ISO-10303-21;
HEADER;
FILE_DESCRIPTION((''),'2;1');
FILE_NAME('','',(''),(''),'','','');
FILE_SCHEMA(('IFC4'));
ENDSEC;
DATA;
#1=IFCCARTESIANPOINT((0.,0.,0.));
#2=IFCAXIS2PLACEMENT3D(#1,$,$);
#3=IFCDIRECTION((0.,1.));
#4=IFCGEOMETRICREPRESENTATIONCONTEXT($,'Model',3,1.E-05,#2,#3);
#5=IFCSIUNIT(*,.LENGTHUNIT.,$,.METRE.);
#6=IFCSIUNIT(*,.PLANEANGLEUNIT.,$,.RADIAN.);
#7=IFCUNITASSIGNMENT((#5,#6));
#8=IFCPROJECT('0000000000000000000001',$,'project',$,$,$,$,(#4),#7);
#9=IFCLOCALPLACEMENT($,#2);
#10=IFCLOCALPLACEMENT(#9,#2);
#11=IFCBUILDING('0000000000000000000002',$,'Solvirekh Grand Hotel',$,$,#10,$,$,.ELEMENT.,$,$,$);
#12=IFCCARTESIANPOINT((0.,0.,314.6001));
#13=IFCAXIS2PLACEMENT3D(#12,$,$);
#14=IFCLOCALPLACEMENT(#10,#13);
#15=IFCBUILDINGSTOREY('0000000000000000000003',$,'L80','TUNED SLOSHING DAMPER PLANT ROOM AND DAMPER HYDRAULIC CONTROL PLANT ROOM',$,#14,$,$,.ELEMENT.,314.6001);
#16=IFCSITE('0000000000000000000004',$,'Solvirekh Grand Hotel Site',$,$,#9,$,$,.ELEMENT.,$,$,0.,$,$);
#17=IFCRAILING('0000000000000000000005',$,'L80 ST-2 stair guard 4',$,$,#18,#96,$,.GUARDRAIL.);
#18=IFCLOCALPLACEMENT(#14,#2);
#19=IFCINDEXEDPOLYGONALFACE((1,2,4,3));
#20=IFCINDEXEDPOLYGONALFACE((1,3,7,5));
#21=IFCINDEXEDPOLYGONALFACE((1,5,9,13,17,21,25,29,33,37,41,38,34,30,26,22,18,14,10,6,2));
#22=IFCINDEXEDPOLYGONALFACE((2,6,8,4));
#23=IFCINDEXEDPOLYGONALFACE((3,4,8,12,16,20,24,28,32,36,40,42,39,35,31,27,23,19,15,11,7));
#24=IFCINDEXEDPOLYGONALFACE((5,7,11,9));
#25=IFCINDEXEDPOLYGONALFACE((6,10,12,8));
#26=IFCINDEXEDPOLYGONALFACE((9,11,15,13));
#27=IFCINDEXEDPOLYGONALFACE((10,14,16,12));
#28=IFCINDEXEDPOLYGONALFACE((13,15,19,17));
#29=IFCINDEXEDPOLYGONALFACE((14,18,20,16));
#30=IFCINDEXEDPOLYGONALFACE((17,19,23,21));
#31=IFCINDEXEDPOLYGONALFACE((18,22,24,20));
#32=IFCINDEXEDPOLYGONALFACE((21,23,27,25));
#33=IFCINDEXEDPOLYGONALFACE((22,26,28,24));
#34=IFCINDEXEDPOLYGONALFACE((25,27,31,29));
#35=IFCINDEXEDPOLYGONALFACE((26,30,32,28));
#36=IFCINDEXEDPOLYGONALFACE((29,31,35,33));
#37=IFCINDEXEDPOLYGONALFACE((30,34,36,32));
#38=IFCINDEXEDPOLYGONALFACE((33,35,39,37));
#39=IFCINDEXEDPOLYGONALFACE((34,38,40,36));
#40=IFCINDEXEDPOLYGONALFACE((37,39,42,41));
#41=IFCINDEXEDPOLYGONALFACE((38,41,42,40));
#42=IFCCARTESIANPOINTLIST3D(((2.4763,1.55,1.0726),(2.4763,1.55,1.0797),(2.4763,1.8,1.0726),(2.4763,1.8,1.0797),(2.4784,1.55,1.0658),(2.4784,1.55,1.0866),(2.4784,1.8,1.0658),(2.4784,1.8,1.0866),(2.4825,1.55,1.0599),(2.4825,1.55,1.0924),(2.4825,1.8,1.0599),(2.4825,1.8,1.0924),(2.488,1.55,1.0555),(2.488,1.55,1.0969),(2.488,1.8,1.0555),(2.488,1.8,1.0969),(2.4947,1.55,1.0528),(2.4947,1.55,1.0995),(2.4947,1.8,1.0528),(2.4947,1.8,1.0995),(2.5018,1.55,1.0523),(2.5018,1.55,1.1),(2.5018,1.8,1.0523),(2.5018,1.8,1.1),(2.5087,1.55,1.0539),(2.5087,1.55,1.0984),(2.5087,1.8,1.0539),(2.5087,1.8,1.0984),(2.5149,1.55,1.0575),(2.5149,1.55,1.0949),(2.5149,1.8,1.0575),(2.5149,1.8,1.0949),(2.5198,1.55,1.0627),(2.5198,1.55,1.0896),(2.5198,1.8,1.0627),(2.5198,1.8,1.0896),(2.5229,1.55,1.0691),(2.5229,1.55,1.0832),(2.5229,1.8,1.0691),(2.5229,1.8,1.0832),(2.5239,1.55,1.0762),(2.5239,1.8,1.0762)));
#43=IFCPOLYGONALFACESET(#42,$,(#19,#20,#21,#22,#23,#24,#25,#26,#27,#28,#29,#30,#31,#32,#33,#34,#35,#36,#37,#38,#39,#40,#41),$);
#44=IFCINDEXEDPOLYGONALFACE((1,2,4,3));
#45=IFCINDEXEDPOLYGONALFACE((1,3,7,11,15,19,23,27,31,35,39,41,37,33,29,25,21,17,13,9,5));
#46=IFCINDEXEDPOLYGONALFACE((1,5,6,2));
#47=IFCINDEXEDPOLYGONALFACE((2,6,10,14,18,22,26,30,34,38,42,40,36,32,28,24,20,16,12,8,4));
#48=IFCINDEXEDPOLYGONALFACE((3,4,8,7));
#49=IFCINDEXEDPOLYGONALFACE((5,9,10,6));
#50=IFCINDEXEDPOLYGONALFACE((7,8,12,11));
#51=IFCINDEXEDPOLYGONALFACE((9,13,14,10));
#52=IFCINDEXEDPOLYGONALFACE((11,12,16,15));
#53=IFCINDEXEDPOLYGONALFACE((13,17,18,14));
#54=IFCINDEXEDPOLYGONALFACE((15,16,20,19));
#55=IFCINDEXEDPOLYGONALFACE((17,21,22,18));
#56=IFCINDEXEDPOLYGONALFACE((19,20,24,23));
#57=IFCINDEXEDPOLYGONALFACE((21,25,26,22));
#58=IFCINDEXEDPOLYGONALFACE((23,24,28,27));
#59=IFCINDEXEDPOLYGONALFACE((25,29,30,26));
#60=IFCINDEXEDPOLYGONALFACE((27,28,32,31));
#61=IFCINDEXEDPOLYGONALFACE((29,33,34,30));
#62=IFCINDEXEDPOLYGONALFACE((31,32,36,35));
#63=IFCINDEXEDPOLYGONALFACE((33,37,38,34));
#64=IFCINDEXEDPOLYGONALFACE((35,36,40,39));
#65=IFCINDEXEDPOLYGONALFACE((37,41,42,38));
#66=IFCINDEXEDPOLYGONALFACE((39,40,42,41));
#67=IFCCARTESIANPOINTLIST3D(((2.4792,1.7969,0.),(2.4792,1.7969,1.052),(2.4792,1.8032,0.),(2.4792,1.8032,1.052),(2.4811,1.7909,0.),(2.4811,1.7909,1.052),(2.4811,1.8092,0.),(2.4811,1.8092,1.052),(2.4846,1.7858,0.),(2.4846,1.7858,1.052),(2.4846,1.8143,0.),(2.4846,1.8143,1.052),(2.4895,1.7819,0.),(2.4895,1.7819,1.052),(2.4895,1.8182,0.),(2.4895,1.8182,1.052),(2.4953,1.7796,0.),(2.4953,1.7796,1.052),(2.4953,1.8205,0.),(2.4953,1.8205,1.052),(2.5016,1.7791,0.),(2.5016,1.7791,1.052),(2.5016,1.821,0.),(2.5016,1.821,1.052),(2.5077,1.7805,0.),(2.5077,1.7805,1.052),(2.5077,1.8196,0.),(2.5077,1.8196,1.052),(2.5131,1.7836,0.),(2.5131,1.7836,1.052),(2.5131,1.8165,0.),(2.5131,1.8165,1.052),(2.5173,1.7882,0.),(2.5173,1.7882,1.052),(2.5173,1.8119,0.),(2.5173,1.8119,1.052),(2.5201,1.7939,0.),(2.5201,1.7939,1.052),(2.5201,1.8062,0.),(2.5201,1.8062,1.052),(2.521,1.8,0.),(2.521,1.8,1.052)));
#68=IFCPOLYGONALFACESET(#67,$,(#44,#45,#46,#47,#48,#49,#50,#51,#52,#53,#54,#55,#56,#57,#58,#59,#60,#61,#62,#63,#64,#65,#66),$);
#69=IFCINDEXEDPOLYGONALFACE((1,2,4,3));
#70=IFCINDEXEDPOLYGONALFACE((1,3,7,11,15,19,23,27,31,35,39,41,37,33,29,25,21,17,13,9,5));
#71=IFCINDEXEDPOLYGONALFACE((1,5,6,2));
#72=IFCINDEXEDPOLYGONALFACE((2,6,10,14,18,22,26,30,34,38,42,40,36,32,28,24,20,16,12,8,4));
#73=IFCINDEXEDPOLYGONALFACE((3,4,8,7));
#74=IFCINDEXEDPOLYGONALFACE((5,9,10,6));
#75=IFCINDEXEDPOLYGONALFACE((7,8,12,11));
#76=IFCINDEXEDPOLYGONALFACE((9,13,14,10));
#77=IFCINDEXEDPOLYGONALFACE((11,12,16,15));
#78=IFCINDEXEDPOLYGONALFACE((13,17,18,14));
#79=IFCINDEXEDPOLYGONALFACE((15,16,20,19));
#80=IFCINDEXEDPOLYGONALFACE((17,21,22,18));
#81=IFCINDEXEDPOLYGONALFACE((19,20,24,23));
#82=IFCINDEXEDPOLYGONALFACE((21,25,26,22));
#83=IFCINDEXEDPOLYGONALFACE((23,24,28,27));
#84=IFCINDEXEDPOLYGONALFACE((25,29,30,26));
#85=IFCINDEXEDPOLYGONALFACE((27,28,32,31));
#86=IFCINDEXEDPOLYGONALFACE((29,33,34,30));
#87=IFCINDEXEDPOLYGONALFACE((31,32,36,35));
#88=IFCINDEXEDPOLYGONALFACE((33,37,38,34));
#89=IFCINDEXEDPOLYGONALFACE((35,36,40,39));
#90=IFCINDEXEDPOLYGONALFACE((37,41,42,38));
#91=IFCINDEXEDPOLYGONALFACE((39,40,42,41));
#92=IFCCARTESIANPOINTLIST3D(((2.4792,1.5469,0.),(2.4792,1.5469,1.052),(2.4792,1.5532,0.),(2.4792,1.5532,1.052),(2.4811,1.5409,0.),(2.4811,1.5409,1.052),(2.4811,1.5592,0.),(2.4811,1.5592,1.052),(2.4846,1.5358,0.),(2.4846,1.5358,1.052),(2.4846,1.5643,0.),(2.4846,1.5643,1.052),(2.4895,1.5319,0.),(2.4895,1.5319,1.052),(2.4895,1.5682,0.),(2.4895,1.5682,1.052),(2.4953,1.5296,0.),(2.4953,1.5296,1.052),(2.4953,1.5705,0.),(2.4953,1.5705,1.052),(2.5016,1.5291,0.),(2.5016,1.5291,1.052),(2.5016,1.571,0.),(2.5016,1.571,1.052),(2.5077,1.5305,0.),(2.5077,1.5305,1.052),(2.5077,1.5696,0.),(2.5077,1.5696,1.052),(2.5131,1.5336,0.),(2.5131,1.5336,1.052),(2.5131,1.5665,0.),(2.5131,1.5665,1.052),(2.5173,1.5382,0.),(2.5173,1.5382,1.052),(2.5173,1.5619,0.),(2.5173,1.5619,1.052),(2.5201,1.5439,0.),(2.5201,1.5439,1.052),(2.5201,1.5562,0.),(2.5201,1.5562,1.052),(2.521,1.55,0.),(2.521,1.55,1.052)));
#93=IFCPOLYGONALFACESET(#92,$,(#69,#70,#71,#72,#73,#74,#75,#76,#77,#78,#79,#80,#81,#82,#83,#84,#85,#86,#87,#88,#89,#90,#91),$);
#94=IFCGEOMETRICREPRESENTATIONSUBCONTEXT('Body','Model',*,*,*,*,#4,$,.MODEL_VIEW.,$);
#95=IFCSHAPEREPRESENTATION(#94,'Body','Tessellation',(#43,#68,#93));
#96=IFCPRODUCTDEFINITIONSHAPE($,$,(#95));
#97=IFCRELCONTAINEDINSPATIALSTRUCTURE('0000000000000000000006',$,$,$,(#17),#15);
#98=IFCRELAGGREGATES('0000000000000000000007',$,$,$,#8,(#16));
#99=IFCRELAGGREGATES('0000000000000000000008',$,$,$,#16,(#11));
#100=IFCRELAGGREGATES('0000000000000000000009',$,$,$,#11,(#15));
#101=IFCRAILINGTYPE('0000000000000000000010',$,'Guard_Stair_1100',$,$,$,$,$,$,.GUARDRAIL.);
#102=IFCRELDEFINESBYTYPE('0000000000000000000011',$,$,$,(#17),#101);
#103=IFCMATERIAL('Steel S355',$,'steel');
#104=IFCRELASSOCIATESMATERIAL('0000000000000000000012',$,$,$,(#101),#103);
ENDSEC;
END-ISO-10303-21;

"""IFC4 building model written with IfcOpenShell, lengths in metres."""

from ifc_helpers import new_model, si_unit, direction, frame, origin, origin_2d, place, context, subcontext, project, spatial, circle, extrude, material, type_object, element, save


model = new_model("IFC4")

# Units and contexts
model_context = context("Model", 3, precision=1e-05, world=origin(), true_north=direction((0.0, 1.0)))
body_context = subcontext(model_context, "Body", "Model", "MODEL_VIEW")
ifc_project = project(units=[si_unit("LENGTHUNIT", "METRE"), si_unit("PLANEANGLEUNIT", "RADIAN")], contexts=[model_context])

# Site, building, storey
site_placement = place(None, origin())
site = spatial("IfcSite", under=ifc_project, at=site_placement, Name="Solvirekh Grand Hotel Site", CompositionType="ELEMENT", RefElevation=0.0)
building_placement = place(site_placement, origin())
building = spatial("IfcBuilding", under=site, at=building_placement, Name="Solvirekh Grand Hotel", CompositionType="ELEMENT")
storey_placement = place(building_placement, frame((0.0, 0.0, 314.6001)))
storey = spatial("IfcBuildingStorey", under=building, at=storey_placement, Name="L80", Description="TUNED SLOSHING DAMPER PLANT ROOM AND DAMPER HYDRAULIC CONTROL PLANT ROOM", CompositionType="ELEMENT", Elevation=314.6001)

# Shared definitions
ifc_material_1 = material(Name="Steel S355", Category="steel")

# Railing
railing_type_1 = type_object("IfcRailingType", Name="Guard_Stair_1100", PredefinedType="GUARDRAIL", material=ifc_material_1)
railing_1_placement = place(storey_placement, frame((2.5, 1.8, 0.0)))
element("IfcRailing", 1, at=railing_1_placement, inside=storey, type_object=railing_type_1, Name="L80 ST-2 stair guard 4", PredefinedType="GUARDRAIL", context=body_context, shape_type="SweptSolid", body=[
    extrude(circle(Radius=0.0239, at=origin_2d()), frame((0.0, 0.0, 1.0762), z_axis=(0.0, -1.0, 0.0), x_axis=(1.0, 0.0, 0.0)), (0.0, 0.0, 1.0), 0.25),
    extrude(circle(Radius=0.021, at=origin_2d()), origin(), (0.0, 0.0, 1.0), 1.052),
    extrude(circle(Radius=0.021, at=origin_2d()), frame((0.0, -0.25, 0.0)), (0.0, 0.0, 1.0), 1.052),
])

save(model, "model.ifc")
